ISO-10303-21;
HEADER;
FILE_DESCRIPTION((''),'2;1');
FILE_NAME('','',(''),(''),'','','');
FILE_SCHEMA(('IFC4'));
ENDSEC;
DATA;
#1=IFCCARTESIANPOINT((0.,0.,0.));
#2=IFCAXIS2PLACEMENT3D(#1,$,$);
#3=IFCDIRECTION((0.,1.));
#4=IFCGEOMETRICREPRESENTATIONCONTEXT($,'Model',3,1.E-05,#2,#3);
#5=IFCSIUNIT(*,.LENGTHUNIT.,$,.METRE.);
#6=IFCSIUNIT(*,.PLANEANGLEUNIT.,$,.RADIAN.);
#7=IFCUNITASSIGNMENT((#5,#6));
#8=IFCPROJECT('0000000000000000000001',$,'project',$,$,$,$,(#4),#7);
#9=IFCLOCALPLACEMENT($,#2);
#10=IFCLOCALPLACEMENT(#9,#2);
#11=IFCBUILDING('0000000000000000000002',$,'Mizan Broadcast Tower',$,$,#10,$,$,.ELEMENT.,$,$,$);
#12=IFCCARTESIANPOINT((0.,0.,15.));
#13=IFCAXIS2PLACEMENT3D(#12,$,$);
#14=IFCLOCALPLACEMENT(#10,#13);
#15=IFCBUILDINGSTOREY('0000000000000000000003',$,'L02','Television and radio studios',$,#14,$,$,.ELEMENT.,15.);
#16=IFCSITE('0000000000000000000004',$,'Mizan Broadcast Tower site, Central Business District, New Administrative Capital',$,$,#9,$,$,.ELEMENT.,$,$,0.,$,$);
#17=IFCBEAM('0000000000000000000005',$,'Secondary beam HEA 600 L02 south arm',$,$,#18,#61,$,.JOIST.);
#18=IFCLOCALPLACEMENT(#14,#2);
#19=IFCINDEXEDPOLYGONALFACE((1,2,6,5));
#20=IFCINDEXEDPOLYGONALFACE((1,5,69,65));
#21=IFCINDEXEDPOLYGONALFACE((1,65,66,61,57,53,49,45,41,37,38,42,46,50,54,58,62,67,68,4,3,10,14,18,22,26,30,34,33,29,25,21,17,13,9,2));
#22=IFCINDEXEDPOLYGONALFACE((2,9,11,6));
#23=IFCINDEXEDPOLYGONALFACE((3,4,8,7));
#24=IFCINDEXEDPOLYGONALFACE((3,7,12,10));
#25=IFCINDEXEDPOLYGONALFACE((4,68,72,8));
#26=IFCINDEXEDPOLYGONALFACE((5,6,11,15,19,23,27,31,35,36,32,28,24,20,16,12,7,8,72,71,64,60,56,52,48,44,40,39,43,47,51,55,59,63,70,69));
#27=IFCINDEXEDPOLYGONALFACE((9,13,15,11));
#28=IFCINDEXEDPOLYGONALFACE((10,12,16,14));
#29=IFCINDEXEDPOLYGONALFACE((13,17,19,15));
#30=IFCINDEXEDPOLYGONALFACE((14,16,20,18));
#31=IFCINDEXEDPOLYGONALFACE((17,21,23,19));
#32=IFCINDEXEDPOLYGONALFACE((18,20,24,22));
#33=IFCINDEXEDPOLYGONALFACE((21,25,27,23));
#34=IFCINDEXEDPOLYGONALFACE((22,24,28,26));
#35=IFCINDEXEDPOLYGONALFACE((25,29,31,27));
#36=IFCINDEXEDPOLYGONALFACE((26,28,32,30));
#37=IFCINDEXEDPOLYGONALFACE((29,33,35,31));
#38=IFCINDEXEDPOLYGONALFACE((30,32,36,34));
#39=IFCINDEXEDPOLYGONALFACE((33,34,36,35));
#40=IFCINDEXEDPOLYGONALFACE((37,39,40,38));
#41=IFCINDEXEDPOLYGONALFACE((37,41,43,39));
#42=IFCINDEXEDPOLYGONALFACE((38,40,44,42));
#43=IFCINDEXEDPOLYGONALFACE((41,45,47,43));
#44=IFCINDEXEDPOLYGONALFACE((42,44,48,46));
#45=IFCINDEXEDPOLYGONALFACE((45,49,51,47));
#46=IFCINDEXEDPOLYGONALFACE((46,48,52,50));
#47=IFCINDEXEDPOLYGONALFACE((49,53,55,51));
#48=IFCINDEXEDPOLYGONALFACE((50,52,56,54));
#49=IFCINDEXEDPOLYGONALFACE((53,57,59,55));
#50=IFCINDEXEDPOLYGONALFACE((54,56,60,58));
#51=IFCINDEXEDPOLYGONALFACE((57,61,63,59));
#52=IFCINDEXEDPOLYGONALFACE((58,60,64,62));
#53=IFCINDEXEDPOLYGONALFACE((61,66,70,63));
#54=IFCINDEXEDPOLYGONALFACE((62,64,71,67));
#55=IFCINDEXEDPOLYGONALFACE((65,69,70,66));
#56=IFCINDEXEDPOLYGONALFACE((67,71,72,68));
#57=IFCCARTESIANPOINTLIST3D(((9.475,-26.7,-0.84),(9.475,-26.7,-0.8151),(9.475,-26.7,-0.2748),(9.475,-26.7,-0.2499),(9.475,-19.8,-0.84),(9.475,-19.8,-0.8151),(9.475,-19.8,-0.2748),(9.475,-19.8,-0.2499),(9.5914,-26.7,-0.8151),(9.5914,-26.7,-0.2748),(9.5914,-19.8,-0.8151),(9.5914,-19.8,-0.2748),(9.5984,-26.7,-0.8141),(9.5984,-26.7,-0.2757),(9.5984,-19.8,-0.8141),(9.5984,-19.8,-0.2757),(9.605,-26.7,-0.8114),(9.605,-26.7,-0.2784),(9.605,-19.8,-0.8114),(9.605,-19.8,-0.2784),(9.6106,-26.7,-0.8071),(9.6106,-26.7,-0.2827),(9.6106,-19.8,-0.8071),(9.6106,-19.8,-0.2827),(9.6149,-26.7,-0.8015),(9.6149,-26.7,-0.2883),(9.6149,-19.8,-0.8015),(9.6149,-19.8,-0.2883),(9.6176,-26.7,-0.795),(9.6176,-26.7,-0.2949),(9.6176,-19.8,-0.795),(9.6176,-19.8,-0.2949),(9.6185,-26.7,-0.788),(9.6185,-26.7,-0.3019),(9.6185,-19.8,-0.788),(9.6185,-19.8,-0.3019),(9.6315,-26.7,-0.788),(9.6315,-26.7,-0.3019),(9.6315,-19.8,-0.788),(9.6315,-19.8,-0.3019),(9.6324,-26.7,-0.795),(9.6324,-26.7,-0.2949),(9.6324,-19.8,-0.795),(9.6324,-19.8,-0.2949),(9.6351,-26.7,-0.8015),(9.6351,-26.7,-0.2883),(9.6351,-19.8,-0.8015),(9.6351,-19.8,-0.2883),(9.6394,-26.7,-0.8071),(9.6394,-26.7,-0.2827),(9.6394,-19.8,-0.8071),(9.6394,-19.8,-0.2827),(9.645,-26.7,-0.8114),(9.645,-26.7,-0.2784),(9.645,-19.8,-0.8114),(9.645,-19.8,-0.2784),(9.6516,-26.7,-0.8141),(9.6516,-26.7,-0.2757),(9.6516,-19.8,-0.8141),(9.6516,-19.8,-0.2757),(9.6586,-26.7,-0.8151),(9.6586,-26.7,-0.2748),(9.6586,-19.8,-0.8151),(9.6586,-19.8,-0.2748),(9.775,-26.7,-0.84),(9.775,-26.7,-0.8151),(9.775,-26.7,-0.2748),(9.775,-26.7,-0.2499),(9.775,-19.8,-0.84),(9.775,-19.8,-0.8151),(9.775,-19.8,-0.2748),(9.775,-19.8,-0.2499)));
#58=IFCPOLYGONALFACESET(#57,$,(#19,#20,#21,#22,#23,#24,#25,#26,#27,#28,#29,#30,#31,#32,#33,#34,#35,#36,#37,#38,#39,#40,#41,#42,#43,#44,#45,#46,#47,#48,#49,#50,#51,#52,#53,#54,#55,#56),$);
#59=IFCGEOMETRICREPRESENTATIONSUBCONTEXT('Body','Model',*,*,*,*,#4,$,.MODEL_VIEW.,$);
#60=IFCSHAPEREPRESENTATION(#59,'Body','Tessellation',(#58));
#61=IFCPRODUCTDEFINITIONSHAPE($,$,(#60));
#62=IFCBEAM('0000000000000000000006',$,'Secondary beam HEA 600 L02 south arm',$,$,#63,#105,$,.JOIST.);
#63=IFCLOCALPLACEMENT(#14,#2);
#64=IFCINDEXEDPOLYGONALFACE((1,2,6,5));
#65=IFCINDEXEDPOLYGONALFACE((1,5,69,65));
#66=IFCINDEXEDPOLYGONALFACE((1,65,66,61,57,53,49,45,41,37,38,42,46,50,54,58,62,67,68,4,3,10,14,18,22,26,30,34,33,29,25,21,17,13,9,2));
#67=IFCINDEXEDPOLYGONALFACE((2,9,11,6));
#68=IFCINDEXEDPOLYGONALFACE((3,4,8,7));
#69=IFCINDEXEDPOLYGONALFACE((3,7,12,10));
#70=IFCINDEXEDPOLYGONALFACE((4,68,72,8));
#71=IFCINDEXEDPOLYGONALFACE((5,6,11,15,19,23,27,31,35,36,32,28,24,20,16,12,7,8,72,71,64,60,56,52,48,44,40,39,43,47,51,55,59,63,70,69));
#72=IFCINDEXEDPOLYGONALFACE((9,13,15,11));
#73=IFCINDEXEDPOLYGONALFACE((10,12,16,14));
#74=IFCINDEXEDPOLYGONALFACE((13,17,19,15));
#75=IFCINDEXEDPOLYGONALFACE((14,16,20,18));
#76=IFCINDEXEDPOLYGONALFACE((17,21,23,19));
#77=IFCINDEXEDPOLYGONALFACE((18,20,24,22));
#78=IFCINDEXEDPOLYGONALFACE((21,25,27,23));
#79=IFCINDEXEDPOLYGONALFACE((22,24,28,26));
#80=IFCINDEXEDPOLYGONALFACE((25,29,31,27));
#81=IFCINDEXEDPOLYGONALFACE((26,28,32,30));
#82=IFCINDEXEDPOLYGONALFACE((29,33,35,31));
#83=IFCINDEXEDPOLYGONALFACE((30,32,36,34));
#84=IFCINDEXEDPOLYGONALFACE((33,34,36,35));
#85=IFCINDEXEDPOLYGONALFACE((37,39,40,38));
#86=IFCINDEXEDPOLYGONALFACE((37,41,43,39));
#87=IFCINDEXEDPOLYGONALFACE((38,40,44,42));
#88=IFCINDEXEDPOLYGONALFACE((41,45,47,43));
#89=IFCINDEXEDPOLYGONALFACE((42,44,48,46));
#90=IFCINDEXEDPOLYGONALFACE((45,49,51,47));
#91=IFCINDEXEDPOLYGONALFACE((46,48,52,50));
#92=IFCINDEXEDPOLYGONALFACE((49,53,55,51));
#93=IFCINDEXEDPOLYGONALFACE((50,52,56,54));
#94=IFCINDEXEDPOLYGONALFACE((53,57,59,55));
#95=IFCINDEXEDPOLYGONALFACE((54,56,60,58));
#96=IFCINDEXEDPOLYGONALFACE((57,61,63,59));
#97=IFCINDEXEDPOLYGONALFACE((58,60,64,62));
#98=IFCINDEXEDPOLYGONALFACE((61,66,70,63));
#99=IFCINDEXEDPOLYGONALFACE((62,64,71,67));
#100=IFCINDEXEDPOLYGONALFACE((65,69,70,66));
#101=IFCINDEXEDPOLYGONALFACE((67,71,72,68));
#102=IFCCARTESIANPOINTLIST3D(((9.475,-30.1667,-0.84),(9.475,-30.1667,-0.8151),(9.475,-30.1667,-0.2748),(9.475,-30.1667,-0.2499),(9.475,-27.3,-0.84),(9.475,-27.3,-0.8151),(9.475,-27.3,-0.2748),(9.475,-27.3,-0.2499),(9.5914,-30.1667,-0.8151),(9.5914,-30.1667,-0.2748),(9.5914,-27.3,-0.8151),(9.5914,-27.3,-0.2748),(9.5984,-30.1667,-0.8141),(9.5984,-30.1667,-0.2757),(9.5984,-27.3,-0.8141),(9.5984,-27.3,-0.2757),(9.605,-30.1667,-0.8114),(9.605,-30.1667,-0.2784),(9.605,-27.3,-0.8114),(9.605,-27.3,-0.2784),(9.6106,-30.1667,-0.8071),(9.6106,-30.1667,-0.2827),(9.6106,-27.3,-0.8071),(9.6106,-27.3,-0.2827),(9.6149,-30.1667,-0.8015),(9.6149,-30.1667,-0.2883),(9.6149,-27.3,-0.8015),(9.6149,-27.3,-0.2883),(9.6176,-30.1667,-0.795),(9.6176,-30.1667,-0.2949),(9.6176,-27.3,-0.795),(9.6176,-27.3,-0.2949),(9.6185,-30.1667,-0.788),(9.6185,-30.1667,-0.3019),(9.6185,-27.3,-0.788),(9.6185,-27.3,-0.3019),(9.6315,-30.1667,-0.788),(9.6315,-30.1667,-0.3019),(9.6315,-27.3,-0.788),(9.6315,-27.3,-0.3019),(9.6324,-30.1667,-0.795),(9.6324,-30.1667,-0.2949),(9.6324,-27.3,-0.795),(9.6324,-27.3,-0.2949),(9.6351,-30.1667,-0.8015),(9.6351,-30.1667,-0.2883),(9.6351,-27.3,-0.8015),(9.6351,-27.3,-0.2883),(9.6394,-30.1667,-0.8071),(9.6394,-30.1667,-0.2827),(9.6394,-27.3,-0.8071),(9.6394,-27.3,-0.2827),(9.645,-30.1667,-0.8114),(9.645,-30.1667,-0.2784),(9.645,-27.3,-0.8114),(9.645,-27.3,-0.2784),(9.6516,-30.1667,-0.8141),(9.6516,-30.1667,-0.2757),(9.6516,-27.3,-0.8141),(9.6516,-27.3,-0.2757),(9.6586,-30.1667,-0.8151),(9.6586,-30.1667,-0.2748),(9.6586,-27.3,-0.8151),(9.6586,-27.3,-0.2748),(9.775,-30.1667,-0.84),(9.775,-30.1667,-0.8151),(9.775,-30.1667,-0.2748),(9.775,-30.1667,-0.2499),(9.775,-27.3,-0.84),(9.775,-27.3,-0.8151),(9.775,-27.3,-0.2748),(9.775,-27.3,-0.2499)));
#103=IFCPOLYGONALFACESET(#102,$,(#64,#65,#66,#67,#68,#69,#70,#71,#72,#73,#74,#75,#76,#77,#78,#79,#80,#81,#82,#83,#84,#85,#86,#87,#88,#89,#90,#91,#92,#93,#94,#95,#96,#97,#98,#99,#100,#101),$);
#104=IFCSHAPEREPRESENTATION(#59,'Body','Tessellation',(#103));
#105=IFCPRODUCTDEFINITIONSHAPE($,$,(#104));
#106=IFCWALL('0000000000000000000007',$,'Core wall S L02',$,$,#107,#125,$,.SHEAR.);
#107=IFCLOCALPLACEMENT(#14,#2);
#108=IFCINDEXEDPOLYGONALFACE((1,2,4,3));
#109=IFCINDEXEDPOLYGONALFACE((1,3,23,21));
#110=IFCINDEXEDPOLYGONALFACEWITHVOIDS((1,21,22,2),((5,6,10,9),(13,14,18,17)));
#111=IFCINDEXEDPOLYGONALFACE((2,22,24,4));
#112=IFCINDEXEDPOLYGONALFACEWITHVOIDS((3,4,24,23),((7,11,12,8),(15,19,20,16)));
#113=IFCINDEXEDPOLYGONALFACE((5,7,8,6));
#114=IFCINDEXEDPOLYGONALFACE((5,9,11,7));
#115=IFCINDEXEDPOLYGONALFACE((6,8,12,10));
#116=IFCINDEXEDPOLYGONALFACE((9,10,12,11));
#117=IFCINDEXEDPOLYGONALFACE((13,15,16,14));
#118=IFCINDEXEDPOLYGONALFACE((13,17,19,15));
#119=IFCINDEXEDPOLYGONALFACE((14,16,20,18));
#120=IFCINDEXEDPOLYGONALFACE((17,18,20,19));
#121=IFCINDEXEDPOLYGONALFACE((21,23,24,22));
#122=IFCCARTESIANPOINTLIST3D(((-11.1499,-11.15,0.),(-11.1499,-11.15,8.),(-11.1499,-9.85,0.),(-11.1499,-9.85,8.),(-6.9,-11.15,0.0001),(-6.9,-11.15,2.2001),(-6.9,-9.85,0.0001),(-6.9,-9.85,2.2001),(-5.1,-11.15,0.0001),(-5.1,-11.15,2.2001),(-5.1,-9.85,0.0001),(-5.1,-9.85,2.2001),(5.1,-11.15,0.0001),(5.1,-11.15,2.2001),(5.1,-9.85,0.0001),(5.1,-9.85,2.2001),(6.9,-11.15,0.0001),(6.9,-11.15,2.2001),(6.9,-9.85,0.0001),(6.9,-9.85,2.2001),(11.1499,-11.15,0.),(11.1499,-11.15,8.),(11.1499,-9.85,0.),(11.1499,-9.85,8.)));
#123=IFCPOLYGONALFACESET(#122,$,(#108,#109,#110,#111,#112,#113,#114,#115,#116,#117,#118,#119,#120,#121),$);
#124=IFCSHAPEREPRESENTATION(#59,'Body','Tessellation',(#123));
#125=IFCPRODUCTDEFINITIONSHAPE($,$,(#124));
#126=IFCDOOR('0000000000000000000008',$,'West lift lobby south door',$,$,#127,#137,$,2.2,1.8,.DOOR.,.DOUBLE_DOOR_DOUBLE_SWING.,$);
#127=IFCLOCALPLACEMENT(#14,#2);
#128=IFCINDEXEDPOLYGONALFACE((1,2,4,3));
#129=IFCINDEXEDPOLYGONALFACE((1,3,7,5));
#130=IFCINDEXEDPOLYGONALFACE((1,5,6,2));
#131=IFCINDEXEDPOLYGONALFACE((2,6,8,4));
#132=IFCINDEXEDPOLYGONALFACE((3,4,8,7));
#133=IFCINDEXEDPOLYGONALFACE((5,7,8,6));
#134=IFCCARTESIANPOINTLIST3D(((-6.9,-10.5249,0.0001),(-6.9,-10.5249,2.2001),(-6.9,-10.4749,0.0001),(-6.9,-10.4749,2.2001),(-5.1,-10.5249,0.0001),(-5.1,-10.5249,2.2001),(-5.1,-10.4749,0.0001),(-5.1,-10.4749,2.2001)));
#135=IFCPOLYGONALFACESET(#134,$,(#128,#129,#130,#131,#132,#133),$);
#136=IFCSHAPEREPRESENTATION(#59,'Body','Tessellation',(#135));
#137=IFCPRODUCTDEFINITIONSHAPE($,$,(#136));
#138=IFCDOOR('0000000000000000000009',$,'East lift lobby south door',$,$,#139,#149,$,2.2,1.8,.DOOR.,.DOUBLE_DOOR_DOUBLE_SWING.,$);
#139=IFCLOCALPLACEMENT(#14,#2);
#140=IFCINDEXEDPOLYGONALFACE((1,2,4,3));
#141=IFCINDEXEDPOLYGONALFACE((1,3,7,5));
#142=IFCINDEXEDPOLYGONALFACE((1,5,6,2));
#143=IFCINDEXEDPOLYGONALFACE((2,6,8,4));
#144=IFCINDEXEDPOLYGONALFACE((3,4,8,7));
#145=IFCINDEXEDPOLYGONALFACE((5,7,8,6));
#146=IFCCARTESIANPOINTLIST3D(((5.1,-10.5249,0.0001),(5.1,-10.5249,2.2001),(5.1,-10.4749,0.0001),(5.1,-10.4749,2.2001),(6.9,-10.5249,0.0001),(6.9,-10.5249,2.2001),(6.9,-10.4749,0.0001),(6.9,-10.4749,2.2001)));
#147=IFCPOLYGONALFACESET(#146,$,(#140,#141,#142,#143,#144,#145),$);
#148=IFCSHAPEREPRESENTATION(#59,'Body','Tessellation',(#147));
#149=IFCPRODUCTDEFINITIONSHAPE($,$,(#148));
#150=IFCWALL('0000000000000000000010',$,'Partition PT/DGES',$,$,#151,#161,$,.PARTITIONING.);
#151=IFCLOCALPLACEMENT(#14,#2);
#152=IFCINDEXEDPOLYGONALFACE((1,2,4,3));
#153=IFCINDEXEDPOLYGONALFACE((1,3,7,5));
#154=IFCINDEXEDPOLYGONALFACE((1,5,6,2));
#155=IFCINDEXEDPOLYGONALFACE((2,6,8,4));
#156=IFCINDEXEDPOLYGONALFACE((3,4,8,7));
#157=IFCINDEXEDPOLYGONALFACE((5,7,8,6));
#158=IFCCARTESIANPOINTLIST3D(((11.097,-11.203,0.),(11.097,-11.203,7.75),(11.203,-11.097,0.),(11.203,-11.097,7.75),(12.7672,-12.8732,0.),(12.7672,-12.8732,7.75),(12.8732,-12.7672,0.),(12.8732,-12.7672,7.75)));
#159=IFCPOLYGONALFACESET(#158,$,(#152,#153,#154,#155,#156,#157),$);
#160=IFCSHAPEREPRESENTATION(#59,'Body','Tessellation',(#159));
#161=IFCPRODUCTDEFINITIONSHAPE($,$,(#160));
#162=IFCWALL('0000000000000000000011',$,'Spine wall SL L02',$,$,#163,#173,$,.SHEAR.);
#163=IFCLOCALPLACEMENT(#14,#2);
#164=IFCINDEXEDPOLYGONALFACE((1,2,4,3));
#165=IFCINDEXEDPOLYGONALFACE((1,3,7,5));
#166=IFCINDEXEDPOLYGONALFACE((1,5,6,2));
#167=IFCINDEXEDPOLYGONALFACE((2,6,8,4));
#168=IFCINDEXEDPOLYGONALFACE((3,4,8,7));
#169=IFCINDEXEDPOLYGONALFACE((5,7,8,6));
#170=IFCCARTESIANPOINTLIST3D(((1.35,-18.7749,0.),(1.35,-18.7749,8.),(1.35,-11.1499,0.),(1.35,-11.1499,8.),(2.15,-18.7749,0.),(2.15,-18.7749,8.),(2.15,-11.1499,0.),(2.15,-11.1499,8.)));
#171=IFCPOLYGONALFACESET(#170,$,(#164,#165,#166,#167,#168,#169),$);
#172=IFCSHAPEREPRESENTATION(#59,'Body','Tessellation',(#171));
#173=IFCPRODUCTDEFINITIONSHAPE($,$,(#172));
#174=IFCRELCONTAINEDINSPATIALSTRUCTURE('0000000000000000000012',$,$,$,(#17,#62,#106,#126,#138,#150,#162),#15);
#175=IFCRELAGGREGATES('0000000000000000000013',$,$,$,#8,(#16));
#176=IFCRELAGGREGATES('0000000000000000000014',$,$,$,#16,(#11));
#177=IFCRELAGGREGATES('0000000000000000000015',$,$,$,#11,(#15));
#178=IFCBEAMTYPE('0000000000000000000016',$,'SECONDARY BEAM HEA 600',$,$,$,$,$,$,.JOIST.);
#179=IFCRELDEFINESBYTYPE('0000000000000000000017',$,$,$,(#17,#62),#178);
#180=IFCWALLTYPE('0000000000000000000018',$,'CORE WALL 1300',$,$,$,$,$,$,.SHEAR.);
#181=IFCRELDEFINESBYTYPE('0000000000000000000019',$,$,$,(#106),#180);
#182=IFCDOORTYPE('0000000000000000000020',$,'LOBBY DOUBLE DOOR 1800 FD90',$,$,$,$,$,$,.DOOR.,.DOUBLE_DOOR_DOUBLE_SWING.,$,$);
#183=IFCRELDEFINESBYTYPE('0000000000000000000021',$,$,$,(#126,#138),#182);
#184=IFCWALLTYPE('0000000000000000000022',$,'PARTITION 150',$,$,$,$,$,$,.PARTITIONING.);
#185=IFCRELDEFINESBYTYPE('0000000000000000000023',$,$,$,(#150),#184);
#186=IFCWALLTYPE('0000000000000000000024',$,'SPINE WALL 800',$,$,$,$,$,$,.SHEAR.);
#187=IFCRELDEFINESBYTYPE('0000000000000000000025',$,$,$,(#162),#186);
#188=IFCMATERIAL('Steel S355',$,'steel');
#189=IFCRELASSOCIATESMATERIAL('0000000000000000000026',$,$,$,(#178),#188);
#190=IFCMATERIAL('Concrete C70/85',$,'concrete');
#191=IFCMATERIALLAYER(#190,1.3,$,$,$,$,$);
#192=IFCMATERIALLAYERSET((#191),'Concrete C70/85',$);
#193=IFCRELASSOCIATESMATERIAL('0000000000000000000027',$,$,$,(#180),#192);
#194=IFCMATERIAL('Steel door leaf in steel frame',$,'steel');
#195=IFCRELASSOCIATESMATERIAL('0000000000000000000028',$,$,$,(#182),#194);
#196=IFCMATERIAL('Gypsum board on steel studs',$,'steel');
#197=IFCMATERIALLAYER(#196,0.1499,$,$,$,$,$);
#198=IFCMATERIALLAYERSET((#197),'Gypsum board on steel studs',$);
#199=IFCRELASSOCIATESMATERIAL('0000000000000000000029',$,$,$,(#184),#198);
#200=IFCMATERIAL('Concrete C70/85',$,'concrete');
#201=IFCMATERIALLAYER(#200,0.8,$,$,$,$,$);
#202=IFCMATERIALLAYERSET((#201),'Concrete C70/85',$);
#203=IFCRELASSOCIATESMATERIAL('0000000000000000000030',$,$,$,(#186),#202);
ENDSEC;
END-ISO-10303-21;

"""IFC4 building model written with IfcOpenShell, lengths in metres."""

from ifc_helpers import new_model, si_unit, direction, frame, frame_2d, origin, origin_2d, place, context, subcontext, project, spatial, rectangle, i_section, extrude, material, layer, layer_set, material_profile, profile_set, type_object, element, fill, save


model = new_model("IFC4")

# Units and contexts
model_context = context("Model", 3, precision=1e-05, world=origin(), true_north=direction((0.0, 1.0)))
body_context = subcontext(model_context, "Body", "Model", "MODEL_VIEW")
ifc_project = project(units=[si_unit("LENGTHUNIT", "METRE"), si_unit("PLANEANGLEUNIT", "RADIAN")], contexts=[model_context])

# Site, building, storey
site_placement = place(None, origin())
site = spatial("IfcSite", under=ifc_project, at=site_placement, Name="Mizan Broadcast Tower site, Central Business District, New Administrative Capital", CompositionType="ELEMENT", RefElevation=0.0)
building_placement = place(site_placement, origin())
building = spatial("IfcBuilding", under=site, at=building_placement, Name="Mizan Broadcast Tower", CompositionType="ELEMENT")
storey_placement = place(building_placement, frame((0.0, 0.0, 15.0)))
storey = spatial("IfcBuildingStorey", under=building, at=storey_placement, Name="L02", Description="Television and radio studios", CompositionType="ELEMENT", Elevation=15.0)

# Beams
ifc_material_1 = material(Name="Steel S355", Category="steel")
ifc_material_profile_1 = material_profile(ifc_material_1, i_section(OverallWidth=0.3, OverallDepth=0.5901, WebThickness=0.0129, FlangeThickness=0.0249, FilletRadius=0.0271, at=origin_2d()), Name="HEA 600")
ifc_profile_set_1 = profile_set([ifc_material_profile_1], Name="Steel S355")
beam_type_1 = type_object("IfcBeamType", Name="SECONDARY BEAM HEA 600", PredefinedType="JOIST", material=ifc_profile_set_1)
beam_1_placement = place(storey_placement, frame((9.625, -19.8, -0.5449), z_axis=(0.0, -1.0, 0.0), x_axis=(1.0, 0.0, 0.0)))
element("IfcBeam", 1, at=beam_1_placement, inside=storey, type_object=beam_type_1, Name="Secondary beam HEA 600 L02 south arm", PredefinedType="JOIST", context=body_context, shape_type="SweptSolid", body=[
    extrude(i_section(OverallWidth=0.3, OverallDepth=0.5901, WebThickness=0.0129, FlangeThickness=0.0249, FilletRadius=0.0271, at=origin_2d()), origin(), (0.0, 0.0, 1.0), 6.8999),
])
beam_2_placement = place(storey_placement, frame((9.625, -27.3, -0.5449), z_axis=(0.0, -1.0, 0.0), x_axis=(1.0, 0.0, 0.0)))
element("IfcBeam", 2, at=beam_2_placement, inside=storey, type_object=beam_type_1, Name="Secondary beam HEA 600 L02 south arm", PredefinedType="JOIST", context=body_context, shape_type="SweptSolid", body=[
    extrude(i_section(OverallWidth=0.3, OverallDepth=0.5901, WebThickness=0.0129, FlangeThickness=0.0249, FilletRadius=0.0271, at=origin_2d()), origin(), (0.0, 0.0, 1.0), 2.8667),
])

# Wall, openings, doors
ifc_material_2 = material(Name="Concrete C70/85", Category="concrete")
ifc_layer_1 = layer(ifc_material_2, 1.3)
ifc_layer_set_1 = layer_set([ifc_layer_1], Name="Concrete C70/85")
wall_type_1 = type_object("IfcWallType", Name="CORE WALL 1300", PredefinedType="SHEAR", material=ifc_layer_set_1)
wall_1_placement = place(storey_placement, frame((11.1499, -10.5, 0.0), z_axis=(0.0, 0.0, 1.0), x_axis=(-1.0, 0.0, 0.0)))
wall_1 = element("IfcWall", 3, at=wall_1_placement, inside=storey, type_object=wall_type_1, Name="Core wall S L02", PredefinedType="SHEAR", context=body_context, shape_type="SweptSolid", body=[
    extrude(rectangle(XDim=22.2998, YDim=1.3, at=frame_2d((11.1499, 0.0))), origin(), (0.0, 0.0, 1.0), 8.0),
])
opening_1_placement = place(wall_1_placement, frame((16.25, 0.0, 0.0)))
opening_1 = element("IfcOpeningElement", 4, at=opening_1_placement, cuts=wall_1, PredefinedType="OPENING", context=body_context, shape_type="SweptSolid", body=[
    extrude(rectangle(XDim=1.8, YDim=2.2, at=frame_2d((0.8999, 1.1001))), frame((0.0, 0.6599, 0.0), z_axis=(0.0, -1.0, 0.0), x_axis=(1.0, 0.0, 0.0)), (0.0, 0.0, 1.0), 1.3201),
])
opening_2_placement = place(wall_1_placement, frame((4.25, 0.0, 0.0)))
opening_2 = element("IfcOpeningElement", 5, at=opening_2_placement, cuts=wall_1, PredefinedType="OPENING", context=body_context, shape_type="SweptSolid", body=[
    extrude(rectangle(XDim=1.8, YDim=2.2, at=frame_2d((0.8999, 1.1001))), frame((0.0, 0.6599, 0.0), z_axis=(0.0, -1.0, 0.0), x_axis=(1.0, 0.0, 0.0)), (0.0, 0.0, 1.0), 1.3201),
])
ifc_material_3 = material(Name="Steel door leaf in steel frame", Category="steel")
door_type = type_object("IfcDoorType", Name="LOBBY DOUBLE DOOR 1800 FD90", OperationType="DOUBLE_DOOR_DOUBLE_SWING", PredefinedType="DOOR", material=ifc_material_3)
door_1_placement = place(opening_1_placement, origin())
door_1 = element("IfcDoor", 6, at=door_1_placement, inside=storey, type_object=door_type, Name="West lift lobby south door", OperationType="DOUBLE_DOOR_DOUBLE_SWING", OverallHeight=2.2, OverallWidth=1.8, PredefinedType="DOOR", context=body_context, shape_type="SweptSolid", body=[
    extrude(rectangle(XDim=1.8, YDim=2.2, at=frame_2d((0.8999, 1.1001))), frame((0.0, 0.0249, 0.0), z_axis=(0.0, -1.0, 0.0), x_axis=(1.0, 0.0, 0.0)), (0.0, 0.0, 1.0), 0.05),
])
fill(opening_1, door_1)
door_2_placement = place(opening_2_placement, origin())
door_2 = element("IfcDoor", 7, at=door_2_placement, inside=storey, type_object=door_type, Name="East lift lobby south door", OperationType="DOUBLE_DOOR_DOUBLE_SWING", OverallHeight=2.2, OverallWidth=1.8, PredefinedType="DOOR", context=body_context, shape_type="SweptSolid", body=[
    extrude(rectangle(XDim=1.8, YDim=2.2, at=frame_2d((0.8999, 1.1001))), frame((0.0, 0.0249, 0.0), z_axis=(0.0, -1.0, 0.0), x_axis=(1.0, 0.0, 0.0)), (0.0, 0.0, 1.0), 0.05),
])
fill(opening_2, door_2)

# Walls
ifc_material_4 = material(Name="Gypsum board on steel studs", Category="steel")
ifc_layer_2 = layer(ifc_material_4, 0.1499)
ifc_layer_set_2 = layer_set([ifc_layer_2], Name="Gypsum board on steel studs")
wall_type_2 = type_object("IfcWallType", Name="PARTITION 150", PredefinedType="PARTITIONING", material=ifc_layer_set_2)
wall_2_placement = place(storey_placement, frame((11.1499, -11.1499, 0.0), z_axis=(0.0, 0.0, 1.0), x_axis=(0.707107, -0.707107, 0.0)))
element("IfcWall", 8, at=wall_2_placement, inside=storey, type_object=wall_type_2, Name="Partition PT/DGES", PredefinedType="PARTITIONING", context=body_context, shape_type="SweptSolid", body=[
    extrude(rectangle(XDim=2.3621, YDim=0.1499, at=frame_2d((1.1812, 0.0))), origin(), (0.0, 0.0, 1.0), 7.75),
])
ifc_material_5 = material(Name="Concrete C70/85", Category="concrete")
ifc_layer_3 = layer(ifc_material_5, 0.8)
ifc_layer_set_3 = layer_set([ifc_layer_3], Name="Concrete C70/85")
wall_type_3 = type_object("IfcWallType", Name="SPINE WALL 800", PredefinedType="SHEAR", material=ifc_layer_set_3)
wall_3_placement = place(storey_placement, frame((1.75, -11.1499, 0.0), z_axis=(0.0, 0.0, 1.0), x_axis=(0.0, -1.0, 0.0)))
element("IfcWall", 9, at=wall_3_placement, inside=storey, type_object=wall_type_3, Name="Spine wall SL L02", PredefinedType="SHEAR", context=body_context, shape_type="SweptSolid", body=[
    extrude(rectangle(XDim=7.625, YDim=0.8, at=frame_2d((3.8125, 0.0))), origin(), (0.0, 0.0, 1.0), 8.0),
])

save(model, "model.ifc")
